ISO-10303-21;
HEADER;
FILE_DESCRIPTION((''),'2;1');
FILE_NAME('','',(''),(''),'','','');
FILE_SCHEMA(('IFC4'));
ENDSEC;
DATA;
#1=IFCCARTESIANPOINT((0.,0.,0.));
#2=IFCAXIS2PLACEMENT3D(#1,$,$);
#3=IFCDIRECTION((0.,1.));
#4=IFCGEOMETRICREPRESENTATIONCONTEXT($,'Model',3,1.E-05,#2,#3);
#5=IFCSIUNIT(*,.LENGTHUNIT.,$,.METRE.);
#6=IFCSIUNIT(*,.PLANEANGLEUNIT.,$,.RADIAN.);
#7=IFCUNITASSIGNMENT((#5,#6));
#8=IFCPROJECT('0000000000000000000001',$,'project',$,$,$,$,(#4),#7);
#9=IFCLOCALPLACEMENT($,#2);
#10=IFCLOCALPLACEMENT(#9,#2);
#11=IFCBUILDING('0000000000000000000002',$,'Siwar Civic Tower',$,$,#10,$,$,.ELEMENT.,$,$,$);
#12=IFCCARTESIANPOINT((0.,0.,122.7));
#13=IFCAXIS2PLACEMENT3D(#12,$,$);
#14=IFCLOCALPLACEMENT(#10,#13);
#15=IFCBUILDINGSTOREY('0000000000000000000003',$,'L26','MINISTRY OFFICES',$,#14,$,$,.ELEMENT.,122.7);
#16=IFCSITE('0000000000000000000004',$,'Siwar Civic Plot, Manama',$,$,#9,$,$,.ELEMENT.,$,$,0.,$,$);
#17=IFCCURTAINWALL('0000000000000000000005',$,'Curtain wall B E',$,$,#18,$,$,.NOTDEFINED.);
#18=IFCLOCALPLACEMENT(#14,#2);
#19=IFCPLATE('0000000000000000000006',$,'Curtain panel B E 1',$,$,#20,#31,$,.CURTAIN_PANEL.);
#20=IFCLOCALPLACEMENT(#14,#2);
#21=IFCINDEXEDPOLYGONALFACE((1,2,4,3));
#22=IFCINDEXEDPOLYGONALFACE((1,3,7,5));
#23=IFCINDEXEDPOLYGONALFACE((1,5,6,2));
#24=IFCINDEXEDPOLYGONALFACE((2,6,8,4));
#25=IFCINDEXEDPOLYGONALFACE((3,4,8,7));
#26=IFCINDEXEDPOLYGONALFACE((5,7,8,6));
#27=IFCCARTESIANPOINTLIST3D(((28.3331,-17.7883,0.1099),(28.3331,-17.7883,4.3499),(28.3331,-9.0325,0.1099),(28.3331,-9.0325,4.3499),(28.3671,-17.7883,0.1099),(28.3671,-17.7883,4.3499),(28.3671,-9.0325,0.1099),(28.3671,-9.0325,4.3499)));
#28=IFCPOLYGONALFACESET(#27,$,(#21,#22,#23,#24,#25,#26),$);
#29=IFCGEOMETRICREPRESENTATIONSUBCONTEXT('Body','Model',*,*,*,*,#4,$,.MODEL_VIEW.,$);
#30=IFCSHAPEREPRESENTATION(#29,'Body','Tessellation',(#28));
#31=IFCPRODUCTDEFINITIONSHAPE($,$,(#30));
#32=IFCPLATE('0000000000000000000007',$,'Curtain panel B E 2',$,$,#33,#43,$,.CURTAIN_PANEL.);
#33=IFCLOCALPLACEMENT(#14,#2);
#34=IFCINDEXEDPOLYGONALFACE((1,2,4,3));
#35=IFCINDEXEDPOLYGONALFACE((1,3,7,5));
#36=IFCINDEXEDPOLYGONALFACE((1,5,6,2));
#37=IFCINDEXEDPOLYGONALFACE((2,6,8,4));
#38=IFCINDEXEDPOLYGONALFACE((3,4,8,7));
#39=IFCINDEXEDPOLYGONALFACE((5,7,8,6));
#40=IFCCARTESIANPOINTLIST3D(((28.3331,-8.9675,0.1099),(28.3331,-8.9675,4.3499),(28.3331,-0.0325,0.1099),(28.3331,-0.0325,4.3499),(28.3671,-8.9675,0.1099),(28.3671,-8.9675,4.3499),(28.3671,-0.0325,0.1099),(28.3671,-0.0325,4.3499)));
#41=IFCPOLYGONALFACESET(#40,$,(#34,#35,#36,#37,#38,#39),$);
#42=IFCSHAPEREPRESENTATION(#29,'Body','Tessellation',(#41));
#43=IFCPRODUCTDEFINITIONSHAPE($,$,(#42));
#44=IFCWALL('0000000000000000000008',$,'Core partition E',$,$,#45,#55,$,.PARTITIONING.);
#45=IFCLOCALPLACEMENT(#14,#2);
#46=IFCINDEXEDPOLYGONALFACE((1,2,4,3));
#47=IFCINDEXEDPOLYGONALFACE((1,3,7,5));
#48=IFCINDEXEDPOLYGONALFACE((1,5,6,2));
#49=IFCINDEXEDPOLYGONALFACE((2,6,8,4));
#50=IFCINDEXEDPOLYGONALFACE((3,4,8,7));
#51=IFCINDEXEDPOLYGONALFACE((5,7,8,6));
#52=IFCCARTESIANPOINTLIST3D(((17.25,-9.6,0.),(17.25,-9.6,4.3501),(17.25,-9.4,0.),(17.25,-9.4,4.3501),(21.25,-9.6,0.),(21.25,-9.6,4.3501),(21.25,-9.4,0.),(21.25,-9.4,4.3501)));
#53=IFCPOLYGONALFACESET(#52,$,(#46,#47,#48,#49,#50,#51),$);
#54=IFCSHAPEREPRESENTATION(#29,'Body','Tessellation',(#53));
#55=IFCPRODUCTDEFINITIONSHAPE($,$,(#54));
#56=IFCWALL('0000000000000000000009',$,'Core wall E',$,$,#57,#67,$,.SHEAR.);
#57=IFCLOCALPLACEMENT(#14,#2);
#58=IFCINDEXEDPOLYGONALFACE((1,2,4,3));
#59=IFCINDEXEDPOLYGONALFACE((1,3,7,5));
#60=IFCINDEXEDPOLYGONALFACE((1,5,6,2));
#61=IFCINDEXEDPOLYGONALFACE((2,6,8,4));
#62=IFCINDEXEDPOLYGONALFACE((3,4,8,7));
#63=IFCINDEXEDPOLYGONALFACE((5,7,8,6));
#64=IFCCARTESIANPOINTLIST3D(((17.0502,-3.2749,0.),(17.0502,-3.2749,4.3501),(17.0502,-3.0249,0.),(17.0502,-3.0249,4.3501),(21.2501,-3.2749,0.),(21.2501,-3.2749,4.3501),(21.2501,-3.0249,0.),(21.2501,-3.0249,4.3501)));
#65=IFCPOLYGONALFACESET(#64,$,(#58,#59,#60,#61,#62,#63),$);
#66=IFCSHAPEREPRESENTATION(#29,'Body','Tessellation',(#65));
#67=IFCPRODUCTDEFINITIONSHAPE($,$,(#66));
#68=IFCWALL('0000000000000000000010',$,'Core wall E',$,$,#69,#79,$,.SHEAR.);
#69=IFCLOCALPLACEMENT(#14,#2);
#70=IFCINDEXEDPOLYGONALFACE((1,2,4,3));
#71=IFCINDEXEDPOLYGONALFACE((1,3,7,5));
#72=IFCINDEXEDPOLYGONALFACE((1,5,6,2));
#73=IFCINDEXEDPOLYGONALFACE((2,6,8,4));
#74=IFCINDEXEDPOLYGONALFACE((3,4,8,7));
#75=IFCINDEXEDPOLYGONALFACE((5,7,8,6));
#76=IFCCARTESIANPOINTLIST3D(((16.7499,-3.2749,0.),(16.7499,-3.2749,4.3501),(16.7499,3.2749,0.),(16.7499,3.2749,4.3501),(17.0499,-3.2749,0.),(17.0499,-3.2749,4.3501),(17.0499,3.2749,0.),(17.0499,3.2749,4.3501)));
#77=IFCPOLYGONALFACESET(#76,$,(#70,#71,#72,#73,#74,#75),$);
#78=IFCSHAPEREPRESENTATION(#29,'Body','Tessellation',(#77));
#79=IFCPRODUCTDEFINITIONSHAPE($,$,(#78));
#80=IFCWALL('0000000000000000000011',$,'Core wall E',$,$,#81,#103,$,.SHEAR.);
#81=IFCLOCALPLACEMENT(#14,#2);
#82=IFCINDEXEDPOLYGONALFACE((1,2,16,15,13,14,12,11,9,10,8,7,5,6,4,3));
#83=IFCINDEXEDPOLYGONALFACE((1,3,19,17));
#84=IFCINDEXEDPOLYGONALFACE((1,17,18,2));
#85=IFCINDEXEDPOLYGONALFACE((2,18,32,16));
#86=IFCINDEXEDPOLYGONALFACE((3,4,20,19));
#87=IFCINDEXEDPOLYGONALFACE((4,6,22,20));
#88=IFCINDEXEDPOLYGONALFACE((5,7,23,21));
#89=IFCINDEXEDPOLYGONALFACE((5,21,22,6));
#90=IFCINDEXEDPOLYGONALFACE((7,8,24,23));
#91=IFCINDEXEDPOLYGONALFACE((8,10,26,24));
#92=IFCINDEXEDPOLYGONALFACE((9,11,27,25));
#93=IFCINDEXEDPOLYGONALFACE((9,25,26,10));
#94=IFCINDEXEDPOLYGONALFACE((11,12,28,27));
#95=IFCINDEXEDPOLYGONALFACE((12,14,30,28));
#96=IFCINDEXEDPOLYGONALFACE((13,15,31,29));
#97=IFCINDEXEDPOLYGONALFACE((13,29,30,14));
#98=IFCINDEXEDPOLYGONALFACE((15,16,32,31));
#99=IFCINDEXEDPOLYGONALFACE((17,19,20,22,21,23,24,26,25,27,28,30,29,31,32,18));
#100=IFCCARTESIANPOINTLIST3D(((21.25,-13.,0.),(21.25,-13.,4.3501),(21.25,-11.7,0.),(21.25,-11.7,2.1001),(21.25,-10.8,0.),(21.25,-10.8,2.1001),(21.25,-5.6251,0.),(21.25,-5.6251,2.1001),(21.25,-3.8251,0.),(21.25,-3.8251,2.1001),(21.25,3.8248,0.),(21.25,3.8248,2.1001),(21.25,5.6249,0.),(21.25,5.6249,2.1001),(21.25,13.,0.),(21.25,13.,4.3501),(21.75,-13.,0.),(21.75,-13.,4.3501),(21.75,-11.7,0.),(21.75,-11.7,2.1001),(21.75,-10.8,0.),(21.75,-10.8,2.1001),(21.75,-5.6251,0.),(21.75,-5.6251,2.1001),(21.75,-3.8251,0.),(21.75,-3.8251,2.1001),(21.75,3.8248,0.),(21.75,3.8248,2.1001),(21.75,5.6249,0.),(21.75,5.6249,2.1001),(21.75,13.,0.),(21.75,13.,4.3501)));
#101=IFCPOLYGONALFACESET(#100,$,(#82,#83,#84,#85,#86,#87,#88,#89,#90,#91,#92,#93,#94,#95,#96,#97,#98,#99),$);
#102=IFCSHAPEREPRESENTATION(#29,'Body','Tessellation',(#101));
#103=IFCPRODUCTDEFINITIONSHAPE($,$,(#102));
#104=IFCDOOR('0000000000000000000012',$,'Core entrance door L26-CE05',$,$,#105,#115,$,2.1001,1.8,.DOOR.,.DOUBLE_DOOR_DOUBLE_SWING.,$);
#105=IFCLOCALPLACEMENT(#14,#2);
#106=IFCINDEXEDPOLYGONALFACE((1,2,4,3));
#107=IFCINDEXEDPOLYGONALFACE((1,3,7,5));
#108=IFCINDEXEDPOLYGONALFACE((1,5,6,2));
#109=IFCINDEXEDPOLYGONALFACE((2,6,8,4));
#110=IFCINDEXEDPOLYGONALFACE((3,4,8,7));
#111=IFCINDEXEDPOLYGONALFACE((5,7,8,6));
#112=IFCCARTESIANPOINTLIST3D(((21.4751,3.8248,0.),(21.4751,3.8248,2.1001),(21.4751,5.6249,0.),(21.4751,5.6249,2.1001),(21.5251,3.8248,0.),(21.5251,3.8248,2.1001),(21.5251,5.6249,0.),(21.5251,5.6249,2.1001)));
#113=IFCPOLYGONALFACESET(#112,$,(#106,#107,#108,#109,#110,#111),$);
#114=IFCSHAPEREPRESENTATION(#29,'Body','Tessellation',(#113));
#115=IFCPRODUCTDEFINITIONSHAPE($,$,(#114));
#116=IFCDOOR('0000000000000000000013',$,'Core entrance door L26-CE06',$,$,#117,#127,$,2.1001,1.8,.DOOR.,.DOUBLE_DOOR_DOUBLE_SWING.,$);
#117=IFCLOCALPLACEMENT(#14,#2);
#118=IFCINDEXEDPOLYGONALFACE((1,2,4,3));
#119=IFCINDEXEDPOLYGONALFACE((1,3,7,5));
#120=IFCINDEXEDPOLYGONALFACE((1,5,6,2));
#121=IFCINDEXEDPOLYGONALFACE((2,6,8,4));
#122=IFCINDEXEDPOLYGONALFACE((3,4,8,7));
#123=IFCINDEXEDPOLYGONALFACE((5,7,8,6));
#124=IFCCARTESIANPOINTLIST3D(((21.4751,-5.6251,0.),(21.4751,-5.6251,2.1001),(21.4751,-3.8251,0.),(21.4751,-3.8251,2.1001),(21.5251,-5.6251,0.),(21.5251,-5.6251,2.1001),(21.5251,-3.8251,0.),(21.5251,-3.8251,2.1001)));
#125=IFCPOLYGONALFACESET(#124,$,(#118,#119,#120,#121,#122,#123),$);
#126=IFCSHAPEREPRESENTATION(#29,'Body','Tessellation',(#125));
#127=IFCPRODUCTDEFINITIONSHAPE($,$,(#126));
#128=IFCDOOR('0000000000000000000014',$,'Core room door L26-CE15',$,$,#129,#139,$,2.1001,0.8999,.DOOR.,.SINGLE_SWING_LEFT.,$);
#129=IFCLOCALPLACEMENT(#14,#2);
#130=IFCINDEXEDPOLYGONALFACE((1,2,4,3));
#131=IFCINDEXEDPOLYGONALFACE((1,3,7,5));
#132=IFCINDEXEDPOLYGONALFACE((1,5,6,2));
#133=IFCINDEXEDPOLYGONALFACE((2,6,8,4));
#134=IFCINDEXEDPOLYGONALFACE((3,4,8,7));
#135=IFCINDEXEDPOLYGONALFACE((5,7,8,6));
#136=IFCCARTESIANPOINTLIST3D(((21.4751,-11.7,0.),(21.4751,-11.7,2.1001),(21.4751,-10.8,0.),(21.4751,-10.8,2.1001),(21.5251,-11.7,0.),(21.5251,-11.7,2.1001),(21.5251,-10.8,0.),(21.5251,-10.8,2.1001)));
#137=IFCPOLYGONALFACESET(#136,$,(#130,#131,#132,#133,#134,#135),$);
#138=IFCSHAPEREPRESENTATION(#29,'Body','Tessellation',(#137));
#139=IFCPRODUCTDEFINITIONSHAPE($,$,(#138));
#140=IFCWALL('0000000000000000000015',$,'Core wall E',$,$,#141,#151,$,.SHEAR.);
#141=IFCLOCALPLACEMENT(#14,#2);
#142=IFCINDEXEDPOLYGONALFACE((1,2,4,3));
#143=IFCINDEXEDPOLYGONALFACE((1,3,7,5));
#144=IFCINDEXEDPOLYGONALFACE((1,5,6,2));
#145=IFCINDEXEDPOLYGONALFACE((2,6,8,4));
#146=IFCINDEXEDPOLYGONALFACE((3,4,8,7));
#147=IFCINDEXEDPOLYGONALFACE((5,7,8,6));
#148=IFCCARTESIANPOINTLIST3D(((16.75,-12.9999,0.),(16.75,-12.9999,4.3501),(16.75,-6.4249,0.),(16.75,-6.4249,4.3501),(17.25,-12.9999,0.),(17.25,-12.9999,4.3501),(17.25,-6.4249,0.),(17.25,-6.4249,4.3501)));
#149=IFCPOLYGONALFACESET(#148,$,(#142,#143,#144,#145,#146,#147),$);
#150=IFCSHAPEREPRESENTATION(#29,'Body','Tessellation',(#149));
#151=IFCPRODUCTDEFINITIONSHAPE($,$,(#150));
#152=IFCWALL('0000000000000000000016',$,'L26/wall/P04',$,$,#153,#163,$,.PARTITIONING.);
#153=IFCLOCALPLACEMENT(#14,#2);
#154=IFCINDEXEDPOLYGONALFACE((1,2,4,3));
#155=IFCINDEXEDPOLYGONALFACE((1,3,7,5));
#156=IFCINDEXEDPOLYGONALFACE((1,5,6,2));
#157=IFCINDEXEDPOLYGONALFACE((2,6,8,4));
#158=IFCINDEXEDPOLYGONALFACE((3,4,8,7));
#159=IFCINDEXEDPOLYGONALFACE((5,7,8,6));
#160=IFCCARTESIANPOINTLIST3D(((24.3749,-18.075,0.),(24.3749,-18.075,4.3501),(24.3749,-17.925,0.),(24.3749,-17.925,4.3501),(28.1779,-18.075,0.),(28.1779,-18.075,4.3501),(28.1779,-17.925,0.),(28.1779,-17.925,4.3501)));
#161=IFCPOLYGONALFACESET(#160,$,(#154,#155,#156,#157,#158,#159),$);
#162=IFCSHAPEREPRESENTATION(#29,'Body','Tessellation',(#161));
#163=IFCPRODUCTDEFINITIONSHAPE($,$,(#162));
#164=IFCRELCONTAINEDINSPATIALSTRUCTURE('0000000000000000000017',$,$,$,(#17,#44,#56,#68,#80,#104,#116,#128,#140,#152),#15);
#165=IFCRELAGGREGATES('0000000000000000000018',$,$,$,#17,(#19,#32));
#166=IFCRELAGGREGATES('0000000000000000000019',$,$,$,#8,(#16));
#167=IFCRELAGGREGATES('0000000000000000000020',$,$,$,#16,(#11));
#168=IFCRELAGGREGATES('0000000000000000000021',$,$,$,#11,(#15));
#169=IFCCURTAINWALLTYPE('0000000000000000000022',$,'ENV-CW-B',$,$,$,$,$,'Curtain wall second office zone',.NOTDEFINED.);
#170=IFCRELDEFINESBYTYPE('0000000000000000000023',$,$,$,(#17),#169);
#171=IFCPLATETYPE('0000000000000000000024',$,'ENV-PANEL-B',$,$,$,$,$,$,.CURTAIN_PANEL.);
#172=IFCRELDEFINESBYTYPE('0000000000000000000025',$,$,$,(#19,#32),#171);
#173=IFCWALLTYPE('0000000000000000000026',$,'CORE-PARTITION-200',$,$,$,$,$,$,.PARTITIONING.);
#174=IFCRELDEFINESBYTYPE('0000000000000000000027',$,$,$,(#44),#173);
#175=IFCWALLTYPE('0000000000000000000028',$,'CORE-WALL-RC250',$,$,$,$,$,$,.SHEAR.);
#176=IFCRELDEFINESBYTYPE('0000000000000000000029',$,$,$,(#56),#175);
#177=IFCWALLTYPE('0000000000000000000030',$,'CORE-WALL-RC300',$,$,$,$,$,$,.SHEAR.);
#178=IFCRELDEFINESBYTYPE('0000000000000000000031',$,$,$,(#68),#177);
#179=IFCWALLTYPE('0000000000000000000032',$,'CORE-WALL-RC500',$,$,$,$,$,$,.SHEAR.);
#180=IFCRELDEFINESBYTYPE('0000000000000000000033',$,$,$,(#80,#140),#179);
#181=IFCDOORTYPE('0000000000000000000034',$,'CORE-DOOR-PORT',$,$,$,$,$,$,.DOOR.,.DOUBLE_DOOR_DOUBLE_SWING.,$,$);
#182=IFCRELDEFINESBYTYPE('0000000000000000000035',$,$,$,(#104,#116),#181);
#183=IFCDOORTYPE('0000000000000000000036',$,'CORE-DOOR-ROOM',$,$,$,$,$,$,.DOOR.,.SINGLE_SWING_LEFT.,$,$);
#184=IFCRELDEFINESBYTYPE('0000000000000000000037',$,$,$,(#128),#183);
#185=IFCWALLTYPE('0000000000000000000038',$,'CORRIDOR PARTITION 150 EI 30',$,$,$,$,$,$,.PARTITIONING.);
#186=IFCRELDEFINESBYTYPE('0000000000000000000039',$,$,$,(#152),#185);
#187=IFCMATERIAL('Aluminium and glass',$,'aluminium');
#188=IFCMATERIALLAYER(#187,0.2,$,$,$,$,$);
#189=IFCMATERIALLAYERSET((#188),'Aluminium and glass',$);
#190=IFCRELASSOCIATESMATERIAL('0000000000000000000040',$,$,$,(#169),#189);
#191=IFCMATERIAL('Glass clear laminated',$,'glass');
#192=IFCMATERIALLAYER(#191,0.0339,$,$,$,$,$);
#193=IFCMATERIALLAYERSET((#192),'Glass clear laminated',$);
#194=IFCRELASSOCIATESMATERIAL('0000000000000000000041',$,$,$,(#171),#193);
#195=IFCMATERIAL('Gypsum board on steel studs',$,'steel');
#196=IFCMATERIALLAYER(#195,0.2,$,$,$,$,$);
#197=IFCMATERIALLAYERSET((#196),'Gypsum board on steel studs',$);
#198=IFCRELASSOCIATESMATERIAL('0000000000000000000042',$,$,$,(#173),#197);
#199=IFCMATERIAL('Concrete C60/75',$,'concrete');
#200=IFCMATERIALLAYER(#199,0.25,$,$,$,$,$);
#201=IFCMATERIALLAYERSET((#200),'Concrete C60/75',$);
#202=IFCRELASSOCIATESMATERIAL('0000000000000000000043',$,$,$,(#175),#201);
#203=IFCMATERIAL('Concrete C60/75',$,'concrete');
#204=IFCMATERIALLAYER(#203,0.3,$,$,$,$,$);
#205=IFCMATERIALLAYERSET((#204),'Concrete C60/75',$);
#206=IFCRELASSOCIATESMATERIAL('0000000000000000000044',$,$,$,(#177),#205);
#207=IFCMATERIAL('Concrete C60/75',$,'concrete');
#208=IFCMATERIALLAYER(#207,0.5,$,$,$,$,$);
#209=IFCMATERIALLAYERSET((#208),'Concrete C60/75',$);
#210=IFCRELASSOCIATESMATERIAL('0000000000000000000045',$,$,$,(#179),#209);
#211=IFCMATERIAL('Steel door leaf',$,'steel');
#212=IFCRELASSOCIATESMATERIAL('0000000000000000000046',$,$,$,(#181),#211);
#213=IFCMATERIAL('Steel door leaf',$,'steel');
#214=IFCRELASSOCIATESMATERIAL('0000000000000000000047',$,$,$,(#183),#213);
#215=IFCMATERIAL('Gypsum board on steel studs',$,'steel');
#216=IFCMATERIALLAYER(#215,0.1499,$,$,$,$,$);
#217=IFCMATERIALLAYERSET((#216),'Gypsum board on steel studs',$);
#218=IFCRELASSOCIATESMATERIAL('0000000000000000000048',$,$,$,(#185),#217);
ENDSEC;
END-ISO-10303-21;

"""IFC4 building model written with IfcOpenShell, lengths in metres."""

from ifc_helpers import new_model, si_unit, direction, frame, frame_2d, origin, origin_2d, place, context, subcontext, project, spatial, rectangle, extrude, material, layer, layer_set, type_object, element, fill, aggregate, save


model = new_model("IFC4")

# Units and contexts
model_context = context("Model", 3, precision=1e-05, world=origin(), true_north=direction((0.0, 1.0)))
body_context = subcontext(model_context, "Body", "Model", "MODEL_VIEW")
ifc_project = project(units=[si_unit("LENGTHUNIT", "METRE"), si_unit("PLANEANGLEUNIT", "RADIAN")], contexts=[model_context])

# Site, building, storey
site_placement = place(None, origin())
site = spatial("IfcSite", under=ifc_project, at=site_placement, Name="Siwar Civic Plot, Manama", CompositionType="ELEMENT", RefElevation=0.0)
building_placement = place(site_placement, origin())
building = spatial("IfcBuilding", under=site, at=building_placement, Name="Siwar Civic Tower", CompositionType="ELEMENT")
storey_placement = place(building_placement, frame((0.0, 0.0, 122.7)))
storey = spatial("IfcBuildingStorey", under=building, at=storey_placement, Name="L26", Description="MINISTRY OFFICES", CompositionType="ELEMENT", Elevation=122.7)

# Curtain wall
ifc_material_1 = material(Name="Aluminium and glass", Category="aluminium")
ifc_layer_1 = layer(ifc_material_1, 0.2)
ifc_layer_set_1 = layer_set([ifc_layer_1], Name="Aluminium and glass")
curtain_wall_type = type_object("IfcCurtainWallType", Name="ENV-CW-B", ElementType="Curtain wall second office zone", PredefinedType="NOTDEFINED", material=ifc_layer_set_1)
curtain_wall_placement = place(storey_placement, origin())
curtain_wall = element("IfcCurtainWall", 1, at=curtain_wall_placement, inside=storey, type_object=curtain_wall_type, Name="Curtain wall B E", PredefinedType="NOTDEFINED")

# Plates
ifc_material_2 = material(Name="Glass clear laminated", Category="glass")
ifc_layer_2 = layer(ifc_material_2, 0.0339)
ifc_layer_set_2 = layer_set([ifc_layer_2], Name="Glass clear laminated")
plate_type = type_object("IfcPlateType", Name="ENV-PANEL-B", PredefinedType="CURTAIN_PANEL", material=ifc_layer_set_2)
plate_1_placement = place(storey_placement, frame((28.3501, -13.4104, 0.1099), z_axis=(0.0, 0.0, 1.0), x_axis=(0.0, 1.0, 0.0)))
plate_1 = element("IfcPlate", 2, at=plate_1_placement, type_object=plate_type, Name="Curtain panel B E 1", PredefinedType="CURTAIN_PANEL", context=body_context, shape_type="SweptSolid", body=[
    extrude(rectangle(XDim=8.7559, YDim=0.0339, at=origin_2d()), origin(), (0.0, 0.0, 1.0), 4.24),
])
plate_2_placement = place(storey_placement, frame((28.3501, -4.5, 0.1099), z_axis=(0.0, 0.0, 1.0), x_axis=(0.0, 1.0, 0.0)))
plate_2 = element("IfcPlate", 3, at=plate_2_placement, type_object=plate_type, Name="Curtain panel B E 2", PredefinedType="CURTAIN_PANEL", context=body_context, shape_type="SweptSolid", body=[
    extrude(rectangle(XDim=8.9351, YDim=0.0339, at=origin_2d()), origin(), (0.0, 0.0, 1.0), 4.24),
])
aggregate(curtain_wall, [plate_1, plate_2])

# Walls
ifc_material_3 = material(Name="Gypsum board on steel studs", Category="steel")
ifc_layer_3 = layer(ifc_material_3, 0.2)
ifc_layer_set_3 = layer_set([ifc_layer_3], Name="Gypsum board on steel studs")
wall_type_1 = type_object("IfcWallType", Name="CORE-PARTITION-200", PredefinedType="PARTITIONING", material=ifc_layer_set_3)
wall_1_placement = place(storey_placement, frame((17.25, -9.5, 0.0), z_axis=(0.0, 0.0, 1.0), x_axis=(1.0, 0.0, 0.0)))
element("IfcWall", 4, at=wall_1_placement, inside=storey, type_object=wall_type_1, Name="Core partition E", PredefinedType="PARTITIONING", context=body_context, shape_type="SweptSolid", body=[
    extrude(rectangle(XDim=4.0, YDim=0.2, at=frame_2d((2.0, 0.0))), origin(), (0.0, 0.0, 1.0), 4.3501),
])
ifc_material_4 = material(Name="Concrete C60/75", Category="concrete")
ifc_layer_4 = layer(ifc_material_4, 0.25)
ifc_layer_set_4 = layer_set([ifc_layer_4], Name="Concrete C60/75")
wall_type_2 = type_object("IfcWallType", Name="CORE-WALL-RC250", PredefinedType="SHEAR", material=ifc_layer_set_4)
wall_2_placement = place(storey_placement, frame((17.05, -3.1499, 0.0), z_axis=(0.0, 0.0, 1.0), x_axis=(1.0, 0.0, 0.0)))
element("IfcWall", 5, at=wall_2_placement, inside=storey, type_object=wall_type_2, Name="Core wall E", PredefinedType="SHEAR", context=body_context, shape_type="SweptSolid", body=[
    extrude(rectangle(XDim=4.2, YDim=0.25, at=frame_2d((2.1001, 0.0))), origin(), (0.0, 0.0, 1.0), 4.3501),
])
ifc_material_5 = material(Name="Concrete C60/75", Category="concrete")
ifc_layer_5 = layer(ifc_material_5, 0.3)
ifc_layer_set_5 = layer_set([ifc_layer_5], Name="Concrete C60/75")
wall_type_3 = type_object("IfcWallType", Name="CORE-WALL-RC300", PredefinedType="SHEAR", material=ifc_layer_set_5)
wall_3_placement = place(storey_placement, frame((16.8999, -3.2749, 0.0), z_axis=(0.0, 0.0, 1.0), x_axis=(0.0, 1.0, 0.0)))
element("IfcWall", 6, at=wall_3_placement, inside=storey, type_object=wall_type_3, Name="Core wall E", PredefinedType="SHEAR", context=body_context, shape_type="SweptSolid", body=[
    extrude(rectangle(XDim=6.5498, YDim=0.3, at=frame_2d((3.2749, 0.0))), origin(), (0.0, 0.0, 1.0), 4.3501),
])

# Wall, openings, doors
ifc_material_6 = material(Name="Concrete C60/75", Category="concrete")
ifc_layer_6 = layer(ifc_material_6, 0.5)
ifc_layer_set_6 = layer_set([ifc_layer_6], Name="Concrete C60/75")
wall_type_4 = type_object("IfcWallType", Name="CORE-WALL-RC500", PredefinedType="SHEAR", material=ifc_layer_set_6)
wall_4_placement = place(storey_placement, frame((21.5, -13.0, 0.0), z_axis=(0.0, 0.0, 1.0), x_axis=(0.0, 1.0, 0.0)))
wall_4 = element("IfcWall", 7, at=wall_4_placement, inside=storey, type_object=wall_type_4, Name="Core wall E", PredefinedType="SHEAR", context=body_context, shape_type="SweptSolid", body=[
    extrude(rectangle(XDim=26.0, YDim=0.5, at=frame_2d((13.0, 0.0))), origin(), (0.0, 0.0, 1.0), 4.3501),
])
opening_1_placement = place(wall_4_placement, frame((16.825, 0.0, 0.0)))
opening_1 = element("IfcOpeningElement", 8, at=opening_1_placement, cuts=wall_4, PredefinedType="OPENING", context=body_context, shape_type="SweptSolid", body=[
    extrude(rectangle(XDim=1.8, YDim=2.1001, at=frame_2d((0.8999, 1.05))), frame((0.0, 0.26, 0.0), z_axis=(0.0, -1.0, 0.0), x_axis=(1.0, 0.0, 0.0)), (0.0, 0.0, 1.0), 0.52),
])
opening_2_placement = place(wall_4_placement, frame((7.375, 0.0, 0.0)))
opening_2 = element("IfcOpeningElement", 9, at=opening_2_placement, cuts=wall_4, PredefinedType="OPENING", context=body_context, shape_type="SweptSolid", body=[
    extrude(rectangle(XDim=1.8, YDim=2.1001, at=frame_2d((0.8999, 1.05))), frame((0.0, 0.26, 0.0), z_axis=(0.0, -1.0, 0.0), x_axis=(1.0, 0.0, 0.0)), (0.0, 0.0, 1.0), 0.52),
])
opening_3_placement = place(wall_4_placement, frame((1.3, 0.0, 0.0)))
opening_3 = element("IfcOpeningElement", 10, at=opening_3_placement, cuts=wall_4, PredefinedType="OPENING", context=body_context, shape_type="SweptSolid", body=[
    extrude(rectangle(XDim=0.8999, YDim=2.1001, at=frame_2d((0.45, 1.05))), frame((0.0, 0.26, 0.0), z_axis=(0.0, -1.0, 0.0), x_axis=(1.0, 0.0, 0.0)), (0.0, 0.0, 1.0), 0.52),
])
ifc_material_7 = material(Name="Steel door leaf", Category="steel")
door_type_1 = type_object("IfcDoorType", Name="CORE-DOOR-PORT", OperationType="DOUBLE_DOOR_DOUBLE_SWING", PredefinedType="DOOR", material=ifc_material_7)
door_1_placement = place(opening_1_placement, origin())
door_1 = element("IfcDoor", 11, at=door_1_placement, inside=storey, type_object=door_type_1, Name="Core entrance door L26-CE05", OperationType="DOUBLE_DOOR_DOUBLE_SWING", OverallHeight=2.1001, OverallWidth=1.8, PredefinedType="DOOR", context=body_context, shape_type="SweptSolid", body=[
    extrude(rectangle(XDim=1.8, YDim=2.1001, at=frame_2d((0.8999, 1.05))), frame((0.0, 0.0249, 0.0), z_axis=(0.0, -1.0, 0.0), x_axis=(1.0, 0.0, 0.0)), (0.0, 0.0, 1.0), 0.05),
])
fill(opening_1, door_1)
door_2_placement = place(opening_2_placement, origin())
door_2 = element("IfcDoor", 12, at=door_2_placement, inside=storey, type_object=door_type_1, Name="Core entrance door L26-CE06", OperationType="DOUBLE_DOOR_DOUBLE_SWING", OverallHeight=2.1001, OverallWidth=1.8, PredefinedType="DOOR", context=body_context, shape_type="SweptSolid", body=[
    extrude(rectangle(XDim=1.8, YDim=2.1001, at=frame_2d((0.8999, 1.05))), frame((0.0, 0.0249, 0.0), z_axis=(0.0, -1.0, 0.0), x_axis=(1.0, 0.0, 0.0)), (0.0, 0.0, 1.0), 0.05),
])
fill(opening_2, door_2)
ifc_material_8 = material(Name="Steel door leaf", Category="steel")
door_type_2 = type_object("IfcDoorType", Name="CORE-DOOR-ROOM", OperationType="SINGLE_SWING_LEFT", PredefinedType="DOOR", material=ifc_material_8)
door_3_placement = place(opening_3_placement, origin())
door_3 = element("IfcDoor", 13, at=door_3_placement, inside=storey, type_object=door_type_2, Name="Core room door L26-CE15", OperationType="SINGLE_SWING_LEFT", OverallHeight=2.1001, OverallWidth=0.8999, PredefinedType="DOOR", context=body_context, shape_type="SweptSolid", body=[
    extrude(rectangle(XDim=0.8999, YDim=2.1001, at=frame_2d((0.45, 1.05))), frame((0.0, 0.0249, 0.0), z_axis=(0.0, -1.0, 0.0), x_axis=(1.0, 0.0, 0.0)), (0.0, 0.0, 1.0), 0.05),
])
fill(opening_3, door_3)

# Walls
wall_5_placement = place(storey_placement, frame((17.0, -13.0, 0.0), z_axis=(0.0, 0.0, 1.0), x_axis=(0.0, 1.0, 0.0)))
element("IfcWall", 14, at=wall_5_placement, inside=storey, type_object=wall_type_4, Name="Core wall E", PredefinedType="SHEAR", context=body_context, shape_type="SweptSolid", body=[
    extrude(rectangle(XDim=6.575, YDim=0.5, at=frame_2d((3.2876, 0.0))), origin(), (0.0, 0.0, 1.0), 4.3501),
])
ifc_material_9 = material(Name="Gypsum board on steel studs", Category="steel")
ifc_layer_7 = layer(ifc_material_9, 0.1499)
ifc_layer_set_7 = layer_set([ifc_layer_7], Name="Gypsum board on steel studs")
wall_type_5 = type_object("IfcWallType", Name="CORRIDOR PARTITION 150 EI 30", PredefinedType="PARTITIONING", material=ifc_layer_set_7)
wall_6_placement = place(storey_placement, frame((24.375, -18.0, 0.0), z_axis=(0.0, 0.0, 1.0), x_axis=(1.0, 0.0, 0.0)))
element("IfcWall", 15, at=wall_6_placement, inside=storey, type_object=wall_type_5, Name="L26/wall/P04", PredefinedType="PARTITIONING", context=body_context, shape_type="SweptSolid", body=[
    extrude(rectangle(XDim=3.803, YDim=0.1499, at=frame_2d((1.9014, 0.0))), origin(), (0.0, 0.0, 1.0), 4.3501),
])

save(model, "model.ifc")
